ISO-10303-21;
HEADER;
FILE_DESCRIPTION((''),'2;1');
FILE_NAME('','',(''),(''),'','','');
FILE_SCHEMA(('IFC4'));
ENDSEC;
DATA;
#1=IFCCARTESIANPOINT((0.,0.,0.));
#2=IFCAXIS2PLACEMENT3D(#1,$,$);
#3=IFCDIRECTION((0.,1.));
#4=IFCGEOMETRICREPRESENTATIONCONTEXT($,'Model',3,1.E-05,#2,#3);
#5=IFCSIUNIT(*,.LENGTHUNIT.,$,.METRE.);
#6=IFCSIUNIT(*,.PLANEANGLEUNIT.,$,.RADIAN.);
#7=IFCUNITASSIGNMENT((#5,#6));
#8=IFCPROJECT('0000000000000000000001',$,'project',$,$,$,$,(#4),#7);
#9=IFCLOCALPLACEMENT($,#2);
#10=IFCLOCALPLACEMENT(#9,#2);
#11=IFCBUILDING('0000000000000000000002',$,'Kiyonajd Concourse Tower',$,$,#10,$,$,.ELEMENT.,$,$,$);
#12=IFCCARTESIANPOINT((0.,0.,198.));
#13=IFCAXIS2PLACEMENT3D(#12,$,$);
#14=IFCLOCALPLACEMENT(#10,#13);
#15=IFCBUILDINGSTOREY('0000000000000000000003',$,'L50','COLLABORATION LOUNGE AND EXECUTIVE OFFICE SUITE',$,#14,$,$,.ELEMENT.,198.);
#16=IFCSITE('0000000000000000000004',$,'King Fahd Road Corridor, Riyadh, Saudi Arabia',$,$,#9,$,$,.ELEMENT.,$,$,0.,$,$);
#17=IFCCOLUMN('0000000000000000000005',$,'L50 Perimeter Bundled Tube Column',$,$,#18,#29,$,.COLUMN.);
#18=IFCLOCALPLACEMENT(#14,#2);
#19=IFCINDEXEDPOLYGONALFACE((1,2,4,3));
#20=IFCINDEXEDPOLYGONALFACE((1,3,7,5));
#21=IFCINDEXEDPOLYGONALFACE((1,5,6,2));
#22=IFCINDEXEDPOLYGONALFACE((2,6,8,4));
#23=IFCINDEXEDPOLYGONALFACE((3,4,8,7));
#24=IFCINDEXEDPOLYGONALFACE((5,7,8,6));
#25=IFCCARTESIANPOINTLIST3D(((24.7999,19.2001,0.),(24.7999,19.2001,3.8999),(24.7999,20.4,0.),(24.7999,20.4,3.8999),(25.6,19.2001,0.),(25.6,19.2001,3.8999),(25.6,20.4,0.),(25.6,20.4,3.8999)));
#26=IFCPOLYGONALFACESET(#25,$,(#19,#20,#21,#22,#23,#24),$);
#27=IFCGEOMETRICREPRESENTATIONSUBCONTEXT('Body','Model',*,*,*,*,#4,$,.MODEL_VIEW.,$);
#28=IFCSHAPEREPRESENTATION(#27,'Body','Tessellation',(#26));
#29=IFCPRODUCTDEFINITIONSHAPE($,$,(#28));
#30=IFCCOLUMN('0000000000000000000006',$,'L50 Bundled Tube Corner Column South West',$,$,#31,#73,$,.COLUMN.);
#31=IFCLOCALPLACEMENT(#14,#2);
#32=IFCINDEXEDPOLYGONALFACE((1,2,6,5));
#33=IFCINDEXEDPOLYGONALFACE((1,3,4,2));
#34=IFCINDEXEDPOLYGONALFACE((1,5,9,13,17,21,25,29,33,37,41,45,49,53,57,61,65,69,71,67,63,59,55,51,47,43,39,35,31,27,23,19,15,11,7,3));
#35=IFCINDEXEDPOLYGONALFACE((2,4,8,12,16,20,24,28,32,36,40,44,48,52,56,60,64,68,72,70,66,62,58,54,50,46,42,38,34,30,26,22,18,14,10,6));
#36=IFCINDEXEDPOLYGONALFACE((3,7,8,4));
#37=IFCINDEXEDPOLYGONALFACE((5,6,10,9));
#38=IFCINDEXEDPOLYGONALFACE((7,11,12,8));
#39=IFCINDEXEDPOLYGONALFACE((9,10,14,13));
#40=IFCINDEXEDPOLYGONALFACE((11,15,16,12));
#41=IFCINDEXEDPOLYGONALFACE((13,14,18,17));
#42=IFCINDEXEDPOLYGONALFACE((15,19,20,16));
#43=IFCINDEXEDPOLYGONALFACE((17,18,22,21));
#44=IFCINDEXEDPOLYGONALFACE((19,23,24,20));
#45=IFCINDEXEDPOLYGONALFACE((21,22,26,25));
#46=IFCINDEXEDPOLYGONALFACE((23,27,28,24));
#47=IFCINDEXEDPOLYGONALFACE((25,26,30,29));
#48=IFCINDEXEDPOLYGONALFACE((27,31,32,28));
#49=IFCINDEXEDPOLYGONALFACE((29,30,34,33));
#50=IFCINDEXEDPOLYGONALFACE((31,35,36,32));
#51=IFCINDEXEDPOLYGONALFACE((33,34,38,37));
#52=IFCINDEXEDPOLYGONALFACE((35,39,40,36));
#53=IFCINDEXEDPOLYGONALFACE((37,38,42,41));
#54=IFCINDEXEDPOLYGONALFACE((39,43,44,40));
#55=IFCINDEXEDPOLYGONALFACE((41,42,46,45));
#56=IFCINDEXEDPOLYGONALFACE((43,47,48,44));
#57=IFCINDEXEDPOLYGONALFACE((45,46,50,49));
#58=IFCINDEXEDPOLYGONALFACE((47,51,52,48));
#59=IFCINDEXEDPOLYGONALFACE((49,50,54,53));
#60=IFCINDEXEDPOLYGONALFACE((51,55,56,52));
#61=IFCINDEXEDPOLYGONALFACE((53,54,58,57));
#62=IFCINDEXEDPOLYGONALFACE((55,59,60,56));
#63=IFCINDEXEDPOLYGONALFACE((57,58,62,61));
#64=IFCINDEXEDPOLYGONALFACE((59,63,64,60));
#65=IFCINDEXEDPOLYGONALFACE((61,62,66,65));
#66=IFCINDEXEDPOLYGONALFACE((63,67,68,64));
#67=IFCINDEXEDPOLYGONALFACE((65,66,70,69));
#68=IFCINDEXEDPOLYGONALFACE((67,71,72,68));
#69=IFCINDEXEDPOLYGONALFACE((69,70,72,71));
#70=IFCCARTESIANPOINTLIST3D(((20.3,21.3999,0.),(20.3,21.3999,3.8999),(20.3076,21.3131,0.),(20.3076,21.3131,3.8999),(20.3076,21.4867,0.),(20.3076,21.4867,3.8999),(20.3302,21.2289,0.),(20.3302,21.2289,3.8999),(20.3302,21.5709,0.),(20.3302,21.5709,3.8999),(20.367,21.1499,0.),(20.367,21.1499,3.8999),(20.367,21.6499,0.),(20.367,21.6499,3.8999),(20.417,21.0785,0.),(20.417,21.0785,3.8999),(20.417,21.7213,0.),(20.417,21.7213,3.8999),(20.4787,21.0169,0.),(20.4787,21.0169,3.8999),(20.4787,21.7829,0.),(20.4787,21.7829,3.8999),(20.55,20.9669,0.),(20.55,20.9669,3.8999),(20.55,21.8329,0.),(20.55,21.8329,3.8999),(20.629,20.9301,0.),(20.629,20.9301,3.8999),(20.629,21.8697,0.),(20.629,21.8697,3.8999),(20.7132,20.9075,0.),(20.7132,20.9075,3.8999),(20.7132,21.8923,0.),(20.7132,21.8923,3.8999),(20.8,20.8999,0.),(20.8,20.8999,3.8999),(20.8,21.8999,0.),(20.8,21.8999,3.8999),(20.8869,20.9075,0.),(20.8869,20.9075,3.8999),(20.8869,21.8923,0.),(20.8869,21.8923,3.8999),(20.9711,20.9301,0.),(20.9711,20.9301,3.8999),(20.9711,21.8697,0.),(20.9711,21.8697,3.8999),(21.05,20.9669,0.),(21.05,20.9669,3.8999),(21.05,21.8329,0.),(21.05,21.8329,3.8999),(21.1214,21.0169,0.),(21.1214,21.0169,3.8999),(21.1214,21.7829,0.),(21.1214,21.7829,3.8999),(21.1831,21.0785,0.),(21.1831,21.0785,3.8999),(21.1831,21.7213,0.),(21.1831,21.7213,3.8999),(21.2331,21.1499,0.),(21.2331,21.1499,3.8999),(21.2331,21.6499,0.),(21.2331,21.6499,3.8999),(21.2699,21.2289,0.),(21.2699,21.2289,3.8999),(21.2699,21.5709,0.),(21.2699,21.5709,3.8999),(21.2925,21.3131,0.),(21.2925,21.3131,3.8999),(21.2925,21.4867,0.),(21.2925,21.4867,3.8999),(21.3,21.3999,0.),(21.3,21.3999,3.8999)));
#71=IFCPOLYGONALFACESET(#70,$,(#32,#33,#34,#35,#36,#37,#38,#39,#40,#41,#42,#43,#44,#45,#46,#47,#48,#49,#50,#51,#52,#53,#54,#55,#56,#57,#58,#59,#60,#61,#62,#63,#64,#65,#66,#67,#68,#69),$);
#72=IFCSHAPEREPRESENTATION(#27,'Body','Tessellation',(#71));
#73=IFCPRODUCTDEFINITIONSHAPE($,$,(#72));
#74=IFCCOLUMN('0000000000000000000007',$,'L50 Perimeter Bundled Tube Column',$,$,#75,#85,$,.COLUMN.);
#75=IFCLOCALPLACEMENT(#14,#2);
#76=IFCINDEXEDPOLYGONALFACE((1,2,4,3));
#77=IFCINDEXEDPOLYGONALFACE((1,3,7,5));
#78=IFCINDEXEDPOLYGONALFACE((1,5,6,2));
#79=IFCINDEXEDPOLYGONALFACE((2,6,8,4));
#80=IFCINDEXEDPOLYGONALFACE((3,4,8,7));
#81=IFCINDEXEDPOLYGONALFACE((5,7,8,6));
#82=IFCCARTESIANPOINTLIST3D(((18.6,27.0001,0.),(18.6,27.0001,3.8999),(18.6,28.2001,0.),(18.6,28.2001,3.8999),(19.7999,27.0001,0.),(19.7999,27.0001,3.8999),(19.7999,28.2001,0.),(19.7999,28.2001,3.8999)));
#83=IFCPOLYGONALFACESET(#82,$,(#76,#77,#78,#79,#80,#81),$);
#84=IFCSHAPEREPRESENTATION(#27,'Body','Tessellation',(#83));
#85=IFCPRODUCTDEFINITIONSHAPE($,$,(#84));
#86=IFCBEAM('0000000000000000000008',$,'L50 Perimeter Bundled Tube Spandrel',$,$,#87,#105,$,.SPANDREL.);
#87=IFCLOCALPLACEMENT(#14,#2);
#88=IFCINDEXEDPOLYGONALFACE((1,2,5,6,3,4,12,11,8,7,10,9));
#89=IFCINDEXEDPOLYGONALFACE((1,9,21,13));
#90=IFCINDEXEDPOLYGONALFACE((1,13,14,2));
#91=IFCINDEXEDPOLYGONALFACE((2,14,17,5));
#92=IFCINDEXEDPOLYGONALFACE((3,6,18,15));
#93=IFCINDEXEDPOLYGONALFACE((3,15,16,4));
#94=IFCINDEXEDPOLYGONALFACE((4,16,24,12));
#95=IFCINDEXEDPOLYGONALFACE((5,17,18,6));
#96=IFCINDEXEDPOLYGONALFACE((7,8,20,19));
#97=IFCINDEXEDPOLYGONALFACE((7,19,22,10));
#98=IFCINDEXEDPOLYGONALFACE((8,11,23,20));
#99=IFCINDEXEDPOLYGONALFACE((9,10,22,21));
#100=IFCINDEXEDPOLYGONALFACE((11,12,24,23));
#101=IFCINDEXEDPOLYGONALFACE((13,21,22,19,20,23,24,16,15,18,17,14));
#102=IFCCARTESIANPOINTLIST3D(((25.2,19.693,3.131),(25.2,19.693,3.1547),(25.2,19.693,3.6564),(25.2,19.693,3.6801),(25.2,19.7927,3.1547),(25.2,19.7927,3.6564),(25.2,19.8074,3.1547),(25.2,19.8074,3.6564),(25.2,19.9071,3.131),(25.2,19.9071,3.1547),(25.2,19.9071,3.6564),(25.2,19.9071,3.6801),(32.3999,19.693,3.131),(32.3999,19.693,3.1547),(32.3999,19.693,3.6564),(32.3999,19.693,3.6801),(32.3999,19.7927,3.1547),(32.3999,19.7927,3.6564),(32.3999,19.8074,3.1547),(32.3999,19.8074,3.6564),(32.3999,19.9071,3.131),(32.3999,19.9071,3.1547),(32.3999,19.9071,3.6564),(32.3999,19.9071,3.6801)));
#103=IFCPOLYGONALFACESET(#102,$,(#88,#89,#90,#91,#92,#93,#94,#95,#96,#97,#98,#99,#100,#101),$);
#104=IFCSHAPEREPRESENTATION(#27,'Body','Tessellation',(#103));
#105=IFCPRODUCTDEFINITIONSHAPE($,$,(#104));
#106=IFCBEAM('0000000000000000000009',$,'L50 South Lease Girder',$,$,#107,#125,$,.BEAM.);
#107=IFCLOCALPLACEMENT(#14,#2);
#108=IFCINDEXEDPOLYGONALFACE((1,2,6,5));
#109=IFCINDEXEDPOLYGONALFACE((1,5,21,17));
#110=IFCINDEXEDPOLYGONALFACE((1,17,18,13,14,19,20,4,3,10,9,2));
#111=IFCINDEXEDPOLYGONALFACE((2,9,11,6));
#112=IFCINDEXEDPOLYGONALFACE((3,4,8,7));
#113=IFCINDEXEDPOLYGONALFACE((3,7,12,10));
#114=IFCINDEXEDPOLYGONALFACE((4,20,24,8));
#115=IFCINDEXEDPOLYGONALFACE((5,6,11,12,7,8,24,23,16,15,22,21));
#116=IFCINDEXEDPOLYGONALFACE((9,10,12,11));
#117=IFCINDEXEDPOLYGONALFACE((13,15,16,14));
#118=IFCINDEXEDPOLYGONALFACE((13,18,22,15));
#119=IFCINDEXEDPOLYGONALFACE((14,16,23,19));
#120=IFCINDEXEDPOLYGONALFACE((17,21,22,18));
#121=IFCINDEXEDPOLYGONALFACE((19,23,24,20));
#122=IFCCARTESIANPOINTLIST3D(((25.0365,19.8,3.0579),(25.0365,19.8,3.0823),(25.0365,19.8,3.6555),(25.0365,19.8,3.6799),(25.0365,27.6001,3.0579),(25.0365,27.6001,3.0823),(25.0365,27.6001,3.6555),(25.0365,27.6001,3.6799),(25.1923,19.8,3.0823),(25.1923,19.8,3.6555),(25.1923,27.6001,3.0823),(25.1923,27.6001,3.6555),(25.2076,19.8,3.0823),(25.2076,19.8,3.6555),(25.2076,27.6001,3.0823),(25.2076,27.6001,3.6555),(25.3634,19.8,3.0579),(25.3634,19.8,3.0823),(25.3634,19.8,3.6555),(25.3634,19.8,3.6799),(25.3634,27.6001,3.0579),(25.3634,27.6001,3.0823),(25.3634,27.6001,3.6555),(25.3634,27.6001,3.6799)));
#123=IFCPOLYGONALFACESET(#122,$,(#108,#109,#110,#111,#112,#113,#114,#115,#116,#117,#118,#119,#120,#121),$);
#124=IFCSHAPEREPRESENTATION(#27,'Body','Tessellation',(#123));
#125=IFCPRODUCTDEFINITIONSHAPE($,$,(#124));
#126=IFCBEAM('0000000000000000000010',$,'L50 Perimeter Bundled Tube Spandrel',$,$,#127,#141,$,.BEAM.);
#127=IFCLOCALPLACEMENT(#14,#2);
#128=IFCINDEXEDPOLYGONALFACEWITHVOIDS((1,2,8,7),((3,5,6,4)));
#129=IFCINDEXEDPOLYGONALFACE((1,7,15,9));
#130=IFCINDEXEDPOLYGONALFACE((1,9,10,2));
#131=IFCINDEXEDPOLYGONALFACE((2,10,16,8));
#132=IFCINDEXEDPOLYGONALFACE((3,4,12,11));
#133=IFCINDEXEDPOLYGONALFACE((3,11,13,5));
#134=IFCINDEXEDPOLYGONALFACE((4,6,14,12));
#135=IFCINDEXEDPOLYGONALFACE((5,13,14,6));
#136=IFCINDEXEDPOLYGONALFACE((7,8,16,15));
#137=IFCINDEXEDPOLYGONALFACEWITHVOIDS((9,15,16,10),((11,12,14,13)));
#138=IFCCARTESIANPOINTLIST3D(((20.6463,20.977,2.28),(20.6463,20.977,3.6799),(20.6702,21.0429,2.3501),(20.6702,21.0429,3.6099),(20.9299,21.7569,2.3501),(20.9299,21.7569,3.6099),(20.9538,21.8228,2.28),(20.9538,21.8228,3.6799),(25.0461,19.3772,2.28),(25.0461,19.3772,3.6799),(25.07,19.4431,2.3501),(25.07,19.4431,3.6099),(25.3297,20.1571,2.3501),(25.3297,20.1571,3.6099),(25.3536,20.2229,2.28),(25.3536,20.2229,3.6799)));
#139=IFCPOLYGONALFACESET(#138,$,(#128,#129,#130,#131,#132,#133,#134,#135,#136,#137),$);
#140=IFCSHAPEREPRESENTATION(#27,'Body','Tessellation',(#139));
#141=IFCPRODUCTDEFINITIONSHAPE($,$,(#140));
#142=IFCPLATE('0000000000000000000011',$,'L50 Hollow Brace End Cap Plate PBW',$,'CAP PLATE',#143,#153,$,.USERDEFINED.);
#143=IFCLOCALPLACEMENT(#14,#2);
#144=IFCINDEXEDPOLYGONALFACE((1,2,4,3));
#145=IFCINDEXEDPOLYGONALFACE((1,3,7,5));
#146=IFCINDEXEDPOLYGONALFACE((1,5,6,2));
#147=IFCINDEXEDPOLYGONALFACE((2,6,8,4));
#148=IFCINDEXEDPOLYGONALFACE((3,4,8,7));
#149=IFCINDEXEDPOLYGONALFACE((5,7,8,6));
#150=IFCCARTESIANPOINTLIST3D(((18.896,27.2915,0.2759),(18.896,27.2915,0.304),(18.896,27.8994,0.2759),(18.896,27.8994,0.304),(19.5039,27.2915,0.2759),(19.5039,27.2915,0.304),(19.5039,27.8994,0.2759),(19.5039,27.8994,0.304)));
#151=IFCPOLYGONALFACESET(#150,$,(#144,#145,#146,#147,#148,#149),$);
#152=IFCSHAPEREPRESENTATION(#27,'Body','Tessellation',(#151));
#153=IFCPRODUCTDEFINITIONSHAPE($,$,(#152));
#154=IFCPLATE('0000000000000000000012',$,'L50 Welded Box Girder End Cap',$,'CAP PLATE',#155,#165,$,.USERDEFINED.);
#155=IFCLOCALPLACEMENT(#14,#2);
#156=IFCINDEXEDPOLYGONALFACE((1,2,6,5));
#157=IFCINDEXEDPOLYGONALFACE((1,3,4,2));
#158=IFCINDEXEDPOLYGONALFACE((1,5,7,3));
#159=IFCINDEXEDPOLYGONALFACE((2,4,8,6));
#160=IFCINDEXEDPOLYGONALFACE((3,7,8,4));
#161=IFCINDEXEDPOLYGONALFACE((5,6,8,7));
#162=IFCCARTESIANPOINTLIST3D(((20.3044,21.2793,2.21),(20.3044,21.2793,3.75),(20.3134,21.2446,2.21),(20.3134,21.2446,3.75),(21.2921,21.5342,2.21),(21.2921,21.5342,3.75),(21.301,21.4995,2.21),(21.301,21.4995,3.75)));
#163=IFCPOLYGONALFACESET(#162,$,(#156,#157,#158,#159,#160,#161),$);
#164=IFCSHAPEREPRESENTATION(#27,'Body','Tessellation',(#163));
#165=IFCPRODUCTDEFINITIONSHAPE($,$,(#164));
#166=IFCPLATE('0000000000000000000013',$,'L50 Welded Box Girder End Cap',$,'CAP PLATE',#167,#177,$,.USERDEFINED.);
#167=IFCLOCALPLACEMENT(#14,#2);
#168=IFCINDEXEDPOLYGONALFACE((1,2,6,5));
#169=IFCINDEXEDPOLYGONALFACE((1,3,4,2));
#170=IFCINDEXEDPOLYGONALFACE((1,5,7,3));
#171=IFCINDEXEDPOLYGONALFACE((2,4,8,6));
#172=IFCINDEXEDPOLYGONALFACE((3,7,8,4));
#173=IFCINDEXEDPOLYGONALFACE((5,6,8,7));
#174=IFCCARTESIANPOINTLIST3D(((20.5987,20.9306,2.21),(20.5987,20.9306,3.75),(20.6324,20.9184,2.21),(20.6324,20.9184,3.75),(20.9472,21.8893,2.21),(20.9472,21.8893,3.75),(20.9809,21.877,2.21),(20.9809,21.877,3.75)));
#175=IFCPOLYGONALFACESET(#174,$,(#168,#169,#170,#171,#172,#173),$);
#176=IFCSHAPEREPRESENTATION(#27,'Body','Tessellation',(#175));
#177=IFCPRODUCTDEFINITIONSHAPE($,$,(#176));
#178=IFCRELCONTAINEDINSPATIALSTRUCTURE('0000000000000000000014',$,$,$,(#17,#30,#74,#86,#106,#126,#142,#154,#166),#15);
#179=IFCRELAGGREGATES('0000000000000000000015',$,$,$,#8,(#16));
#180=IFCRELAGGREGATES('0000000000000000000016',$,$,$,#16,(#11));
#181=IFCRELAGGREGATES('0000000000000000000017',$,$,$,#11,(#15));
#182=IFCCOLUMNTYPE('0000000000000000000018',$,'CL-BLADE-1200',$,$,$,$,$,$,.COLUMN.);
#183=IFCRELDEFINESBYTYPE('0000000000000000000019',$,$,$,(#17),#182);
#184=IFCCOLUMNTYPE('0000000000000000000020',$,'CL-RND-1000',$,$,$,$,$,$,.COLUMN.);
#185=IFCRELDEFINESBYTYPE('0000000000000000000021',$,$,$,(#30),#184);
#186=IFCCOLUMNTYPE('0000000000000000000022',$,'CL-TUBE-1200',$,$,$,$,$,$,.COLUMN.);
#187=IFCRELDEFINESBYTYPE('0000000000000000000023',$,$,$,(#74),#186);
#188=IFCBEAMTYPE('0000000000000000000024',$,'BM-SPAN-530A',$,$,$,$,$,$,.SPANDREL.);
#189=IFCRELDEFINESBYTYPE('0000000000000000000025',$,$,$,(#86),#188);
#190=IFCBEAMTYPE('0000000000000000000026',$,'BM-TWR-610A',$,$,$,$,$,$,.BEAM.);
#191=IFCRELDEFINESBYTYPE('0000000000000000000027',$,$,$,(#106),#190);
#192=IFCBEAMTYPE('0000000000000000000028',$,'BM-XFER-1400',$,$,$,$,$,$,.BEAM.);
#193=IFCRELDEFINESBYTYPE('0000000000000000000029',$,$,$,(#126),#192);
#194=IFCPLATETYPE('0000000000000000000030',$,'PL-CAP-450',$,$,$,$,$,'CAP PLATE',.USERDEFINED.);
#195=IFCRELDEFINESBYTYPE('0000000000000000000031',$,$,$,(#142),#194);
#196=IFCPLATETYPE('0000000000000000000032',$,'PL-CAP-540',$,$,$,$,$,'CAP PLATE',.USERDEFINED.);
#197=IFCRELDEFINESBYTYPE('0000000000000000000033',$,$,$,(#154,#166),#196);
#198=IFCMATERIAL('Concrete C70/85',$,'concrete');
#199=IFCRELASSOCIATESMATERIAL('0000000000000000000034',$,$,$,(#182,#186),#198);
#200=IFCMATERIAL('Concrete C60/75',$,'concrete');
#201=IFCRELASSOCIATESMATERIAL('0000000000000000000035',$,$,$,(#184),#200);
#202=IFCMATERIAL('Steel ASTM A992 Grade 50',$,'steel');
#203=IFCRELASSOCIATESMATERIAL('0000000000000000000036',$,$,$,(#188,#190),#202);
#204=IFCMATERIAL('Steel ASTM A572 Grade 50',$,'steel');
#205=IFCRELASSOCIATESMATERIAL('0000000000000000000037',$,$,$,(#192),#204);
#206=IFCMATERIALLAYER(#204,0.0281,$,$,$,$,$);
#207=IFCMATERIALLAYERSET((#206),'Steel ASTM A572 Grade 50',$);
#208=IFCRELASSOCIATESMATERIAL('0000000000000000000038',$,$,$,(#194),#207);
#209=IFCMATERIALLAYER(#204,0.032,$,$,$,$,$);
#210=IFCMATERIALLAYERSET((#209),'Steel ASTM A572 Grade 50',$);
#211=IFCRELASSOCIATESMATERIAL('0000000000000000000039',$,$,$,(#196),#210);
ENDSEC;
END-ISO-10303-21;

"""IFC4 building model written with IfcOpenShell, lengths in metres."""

from ifc_helpers import new_model, si_unit, direction, frame, origin, origin_2d, place, context, subcontext, project, spatial, rectangle, hollow_rectangle, circle, i_section, extrude, material, layer, layer_set, material_profile, profile_set, type_object, element, save


model = new_model("IFC4")

# Units and contexts
model_context = context("Model", 3, precision=1e-05, world=origin(), true_north=direction((0.0, 1.0)))
body_context = subcontext(model_context, "Body", "Model", "MODEL_VIEW")
ifc_project = project(units=[si_unit("LENGTHUNIT", "METRE"), si_unit("PLANEANGLEUNIT", "RADIAN")], contexts=[model_context])

# Site, building, storey
site_placement = place(None, origin())
site = spatial("IfcSite", under=ifc_project, at=site_placement, Name="King Fahd Road Corridor, Riyadh, Saudi Arabia", CompositionType="ELEMENT", RefElevation=0.0)
building_placement = place(site_placement, origin())
building = spatial("IfcBuilding", under=site, at=building_placement, Name="Kiyonajd Concourse Tower", CompositionType="ELEMENT")
storey_placement = place(building_placement, frame((0.0, 0.0, 198.0)))
storey = spatial("IfcBuildingStorey", under=building, at=storey_placement, Name="L50", Description="COLLABORATION LOUNGE AND EXECUTIVE OFFICE SUITE", CompositionType="ELEMENT", Elevation=198.0)

# Columns
ifc_material_1 = material(Name="Concrete C70/85", Category="concrete")
ifc_material_profile_1 = material_profile(ifc_material_1, rectangle(XDim=0.8, YDim=1.2, at=origin_2d()), Name="RC-1200x800")
ifc_profile_set_1 = profile_set([ifc_material_profile_1], Name="Concrete C70/85")
column_type_1 = type_object("IfcColumnType", Name="CL-BLADE-1200", PredefinedType="COLUMN", material=ifc_profile_set_1)
column_1_placement = place(storey_placement, frame((25.2, 19.8, 0.0), z_axis=(0.0, 0.0, 1.0), x_axis=(1.0, 0.0, 0.0)))
element("IfcColumn", 1, at=column_1_placement, inside=storey, type_object=column_type_1, Name="L50 Perimeter Bundled Tube Column", PredefinedType="COLUMN", context=body_context, shape_type="SweptSolid", body=[
    extrude(rectangle(XDim=0.8, YDim=1.2, at=origin_2d()), origin(), (0.0, 0.0, 1.0), 3.8999),
])
ifc_material_2 = material(Name="Concrete C60/75", Category="concrete")
ifc_material_profile_2 = material_profile(ifc_material_2, circle(Radius=0.5, at=origin_2d()), Name="RCC-D1000")
ifc_profile_set_2 = profile_set([ifc_material_profile_2], Name="Concrete C60/75")
column_type_2 = type_object("IfcColumnType", Name="CL-RND-1000", PredefinedType="COLUMN", material=ifc_profile_set_2)
column_2_placement = place(storey_placement, frame((20.8, 21.3999, 0.0), z_axis=(0.0, 0.0, 1.0), x_axis=(1.0, 0.0, 0.0)))
element("IfcColumn", 2, at=column_2_placement, inside=storey, type_object=column_type_2, Name="L50 Bundled Tube Corner Column South West", PredefinedType="COLUMN", context=body_context, shape_type="SweptSolid", body=[
    extrude(circle(Radius=0.5, at=origin_2d()), origin(), (0.0, 0.0, 1.0), 3.8999),
])
ifc_material_profile_3 = material_profile(ifc_material_1, rectangle(XDim=1.2, YDim=1.2, at=origin_2d()), Name="RC-1200x1200")
ifc_profile_set_3 = profile_set([ifc_material_profile_3], Name="Concrete C70/85")
column_type_3 = type_object("IfcColumnType", Name="CL-TUBE-1200", PredefinedType="COLUMN", material=ifc_profile_set_3)
column_3_placement = place(storey_placement, frame((19.2, 27.6001, 0.0), z_axis=(0.0, 0.0, 1.0), x_axis=(1.0, 0.0, 0.0)))
element("IfcColumn", 3, at=column_3_placement, inside=storey, type_object=column_type_3, Name="L50 Perimeter Bundled Tube Column", PredefinedType="COLUMN", context=body_context, shape_type="SweptSolid", body=[
    extrude(rectangle(XDim=1.2, YDim=1.2, at=origin_2d()), origin(), (0.0, 0.0, 1.0), 3.8999),
])

# Beams
ifc_material_3 = material(Name="Steel ASTM A992 Grade 50", Category="steel")
ifc_material_profile_4 = material_profile(ifc_material_3, i_section(OverallWidth=0.2141, OverallDepth=0.5491, WebThickness=0.0146, FlangeThickness=0.0237, at=origin_2d()), Name="W530X138")
ifc_profile_set_4 = profile_set([ifc_material_profile_4], Name="Steel ASTM A992 Grade 50")
beam_type_1 = type_object("IfcBeamType", Name="BM-SPAN-530A", PredefinedType="SPANDREL", material=ifc_profile_set_4)
beam_1_placement = place(storey_placement, frame((25.2, 19.8, 3.4055), z_axis=(1.0, 0.0, 0.0), x_axis=(0.0, 1.0, 0.0)))
element("IfcBeam", 4, at=beam_1_placement, inside=storey, type_object=beam_type_1, Name="L50 Perimeter Bundled Tube Spandrel", PredefinedType="SPANDREL", context=body_context, shape_type="SweptSolid", body=[
    extrude(i_section(OverallWidth=0.2141, OverallDepth=0.5491, WebThickness=0.0146, FlangeThickness=0.0237, at=origin_2d()), origin(), (0.0, 0.0, 1.0), 7.2),
])
ifc_material_profile_5 = material_profile(ifc_material_3, i_section(OverallWidth=0.3269, OverallDepth=0.6221, WebThickness=0.0154, FlangeThickness=0.0244, at=origin_2d()), Name="W610X195")
ifc_profile_set_5 = profile_set([ifc_material_profile_5], Name="Steel ASTM A992 Grade 50")
beam_type_2 = type_object("IfcBeamType", Name="BM-TWR-610A", PredefinedType="BEAM", material=ifc_profile_set_5)
beam_2_placement = place(storey_placement, frame((25.2, 19.8, 3.3689), z_axis=(0.0, 1.0, 0.0), x_axis=(-1.0, 0.0, 0.0)))
element("IfcBeam", 5, at=beam_2_placement, inside=storey, type_object=beam_type_2, Name="L50 South Lease Girder", PredefinedType="BEAM", context=body_context, shape_type="SweptSolid", body=[
    extrude(i_section(OverallWidth=0.3269, OverallDepth=0.6221, WebThickness=0.0154, FlangeThickness=0.0244, at=origin_2d()), origin(), (0.0, 0.0, 1.0), 7.8),
])
ifc_material_4 = material(Name="Steel ASTM A572 Grade 50", Category="steel")
ifc_material_profile_6 = material_profile(ifc_material_4, hollow_rectangle(XDim=0.8999, YDim=1.3999, WallThickness=0.0701, at=origin_2d()), Name="BOX-1400x900x70")
ifc_profile_set_6 = profile_set([ifc_material_profile_6], Name="Steel ASTM A572 Grade 50")
beam_type_3 = type_object("IfcBeamType", Name="BM-XFER-1400", PredefinedType="BEAM", material=ifc_profile_set_6)
beam_3_placement = place(storey_placement, frame((20.8, 21.3999, 2.98), z_axis=(0.939801, -0.341722, 0.0), x_axis=(0.341722, 0.939801, 0.0)))
element("IfcBeam", 6, at=beam_3_placement, inside=storey, type_object=beam_type_3, Name="L50 Perimeter Bundled Tube Spandrel", PredefinedType="BEAM", context=body_context, shape_type="SweptSolid", body=[
    extrude(hollow_rectangle(XDim=0.8999, YDim=1.3999, WallThickness=0.0701, at=origin_2d()), origin(), (0.0, 0.0, 1.0), 4.6816),
])

# Plates
ifc_layer_1 = layer(ifc_material_4, 0.0281)
ifc_layer_set_1 = layer_set([ifc_layer_1], Name="Steel ASTM A572 Grade 50")
plate_type_1 = type_object("IfcPlateType", Name="PL-CAP-450", ElementType="CAP PLATE", PredefinedType="USERDEFINED", material=ifc_layer_set_1)
plate_placement = place(storey_placement, frame((19.2, 27.5955, 0.2759), z_axis=(0.0, 0.0, 1.0), x_axis=(1.0, 0.0, 0.0)))
element("IfcPlate", 7, at=plate_placement, inside=storey, type_object=plate_type_1, Name="L50 Hollow Brace End Cap Plate PBW", ObjectType="CAP PLATE", PredefinedType="USERDEFINED", context=body_context, shape_type="SweptSolid", body=[
    extrude(rectangle(XDim=0.6079, YDim=0.6079, at=origin_2d()), origin(), (0.0, 0.0, 1.0), 0.0281),
])
ifc_layer_2 = layer(ifc_material_4, 0.032)
ifc_layer_set_2 = layer_set([ifc_layer_2], Name="Steel ASTM A572 Grade 50")
plate_type_2 = type_object("IfcPlateType", Name="PL-CAP-540", ElementType="CAP PLATE", PredefinedType="USERDEFINED", material=ifc_layer_set_2)
for number, where, z_axis, x_axis, name in (
    (8, (20.8027, 21.3894, 2.21), (0.0, 0.0, 1.0), (0.249873, -0.968279, 0.0), "L50 Welded Box Girder End Cap"),
    (9, (20.7898, 21.4038, 2.21), (0.0, 0.0, 1.0), (-0.939812, 0.341692, 0.0), "L50 Welded Box Girder End Cap"),
):
    element("IfcPlate", number, at=place(storey_placement, frame(where, z_axis=z_axis, x_axis=x_axis)), inside=storey, type_object=plate_type_2, Name=name, ObjectType="CAP PLATE", PredefinedType="USERDEFINED", context=body_context, shape_type="SweptSolid", body=[
        extrude(rectangle(XDim=0.0359, YDim=1.02, at=origin_2d()), origin(), (0.0, 0.0, 1.0), 1.54),
    ])

save(model, "model.ifc")
